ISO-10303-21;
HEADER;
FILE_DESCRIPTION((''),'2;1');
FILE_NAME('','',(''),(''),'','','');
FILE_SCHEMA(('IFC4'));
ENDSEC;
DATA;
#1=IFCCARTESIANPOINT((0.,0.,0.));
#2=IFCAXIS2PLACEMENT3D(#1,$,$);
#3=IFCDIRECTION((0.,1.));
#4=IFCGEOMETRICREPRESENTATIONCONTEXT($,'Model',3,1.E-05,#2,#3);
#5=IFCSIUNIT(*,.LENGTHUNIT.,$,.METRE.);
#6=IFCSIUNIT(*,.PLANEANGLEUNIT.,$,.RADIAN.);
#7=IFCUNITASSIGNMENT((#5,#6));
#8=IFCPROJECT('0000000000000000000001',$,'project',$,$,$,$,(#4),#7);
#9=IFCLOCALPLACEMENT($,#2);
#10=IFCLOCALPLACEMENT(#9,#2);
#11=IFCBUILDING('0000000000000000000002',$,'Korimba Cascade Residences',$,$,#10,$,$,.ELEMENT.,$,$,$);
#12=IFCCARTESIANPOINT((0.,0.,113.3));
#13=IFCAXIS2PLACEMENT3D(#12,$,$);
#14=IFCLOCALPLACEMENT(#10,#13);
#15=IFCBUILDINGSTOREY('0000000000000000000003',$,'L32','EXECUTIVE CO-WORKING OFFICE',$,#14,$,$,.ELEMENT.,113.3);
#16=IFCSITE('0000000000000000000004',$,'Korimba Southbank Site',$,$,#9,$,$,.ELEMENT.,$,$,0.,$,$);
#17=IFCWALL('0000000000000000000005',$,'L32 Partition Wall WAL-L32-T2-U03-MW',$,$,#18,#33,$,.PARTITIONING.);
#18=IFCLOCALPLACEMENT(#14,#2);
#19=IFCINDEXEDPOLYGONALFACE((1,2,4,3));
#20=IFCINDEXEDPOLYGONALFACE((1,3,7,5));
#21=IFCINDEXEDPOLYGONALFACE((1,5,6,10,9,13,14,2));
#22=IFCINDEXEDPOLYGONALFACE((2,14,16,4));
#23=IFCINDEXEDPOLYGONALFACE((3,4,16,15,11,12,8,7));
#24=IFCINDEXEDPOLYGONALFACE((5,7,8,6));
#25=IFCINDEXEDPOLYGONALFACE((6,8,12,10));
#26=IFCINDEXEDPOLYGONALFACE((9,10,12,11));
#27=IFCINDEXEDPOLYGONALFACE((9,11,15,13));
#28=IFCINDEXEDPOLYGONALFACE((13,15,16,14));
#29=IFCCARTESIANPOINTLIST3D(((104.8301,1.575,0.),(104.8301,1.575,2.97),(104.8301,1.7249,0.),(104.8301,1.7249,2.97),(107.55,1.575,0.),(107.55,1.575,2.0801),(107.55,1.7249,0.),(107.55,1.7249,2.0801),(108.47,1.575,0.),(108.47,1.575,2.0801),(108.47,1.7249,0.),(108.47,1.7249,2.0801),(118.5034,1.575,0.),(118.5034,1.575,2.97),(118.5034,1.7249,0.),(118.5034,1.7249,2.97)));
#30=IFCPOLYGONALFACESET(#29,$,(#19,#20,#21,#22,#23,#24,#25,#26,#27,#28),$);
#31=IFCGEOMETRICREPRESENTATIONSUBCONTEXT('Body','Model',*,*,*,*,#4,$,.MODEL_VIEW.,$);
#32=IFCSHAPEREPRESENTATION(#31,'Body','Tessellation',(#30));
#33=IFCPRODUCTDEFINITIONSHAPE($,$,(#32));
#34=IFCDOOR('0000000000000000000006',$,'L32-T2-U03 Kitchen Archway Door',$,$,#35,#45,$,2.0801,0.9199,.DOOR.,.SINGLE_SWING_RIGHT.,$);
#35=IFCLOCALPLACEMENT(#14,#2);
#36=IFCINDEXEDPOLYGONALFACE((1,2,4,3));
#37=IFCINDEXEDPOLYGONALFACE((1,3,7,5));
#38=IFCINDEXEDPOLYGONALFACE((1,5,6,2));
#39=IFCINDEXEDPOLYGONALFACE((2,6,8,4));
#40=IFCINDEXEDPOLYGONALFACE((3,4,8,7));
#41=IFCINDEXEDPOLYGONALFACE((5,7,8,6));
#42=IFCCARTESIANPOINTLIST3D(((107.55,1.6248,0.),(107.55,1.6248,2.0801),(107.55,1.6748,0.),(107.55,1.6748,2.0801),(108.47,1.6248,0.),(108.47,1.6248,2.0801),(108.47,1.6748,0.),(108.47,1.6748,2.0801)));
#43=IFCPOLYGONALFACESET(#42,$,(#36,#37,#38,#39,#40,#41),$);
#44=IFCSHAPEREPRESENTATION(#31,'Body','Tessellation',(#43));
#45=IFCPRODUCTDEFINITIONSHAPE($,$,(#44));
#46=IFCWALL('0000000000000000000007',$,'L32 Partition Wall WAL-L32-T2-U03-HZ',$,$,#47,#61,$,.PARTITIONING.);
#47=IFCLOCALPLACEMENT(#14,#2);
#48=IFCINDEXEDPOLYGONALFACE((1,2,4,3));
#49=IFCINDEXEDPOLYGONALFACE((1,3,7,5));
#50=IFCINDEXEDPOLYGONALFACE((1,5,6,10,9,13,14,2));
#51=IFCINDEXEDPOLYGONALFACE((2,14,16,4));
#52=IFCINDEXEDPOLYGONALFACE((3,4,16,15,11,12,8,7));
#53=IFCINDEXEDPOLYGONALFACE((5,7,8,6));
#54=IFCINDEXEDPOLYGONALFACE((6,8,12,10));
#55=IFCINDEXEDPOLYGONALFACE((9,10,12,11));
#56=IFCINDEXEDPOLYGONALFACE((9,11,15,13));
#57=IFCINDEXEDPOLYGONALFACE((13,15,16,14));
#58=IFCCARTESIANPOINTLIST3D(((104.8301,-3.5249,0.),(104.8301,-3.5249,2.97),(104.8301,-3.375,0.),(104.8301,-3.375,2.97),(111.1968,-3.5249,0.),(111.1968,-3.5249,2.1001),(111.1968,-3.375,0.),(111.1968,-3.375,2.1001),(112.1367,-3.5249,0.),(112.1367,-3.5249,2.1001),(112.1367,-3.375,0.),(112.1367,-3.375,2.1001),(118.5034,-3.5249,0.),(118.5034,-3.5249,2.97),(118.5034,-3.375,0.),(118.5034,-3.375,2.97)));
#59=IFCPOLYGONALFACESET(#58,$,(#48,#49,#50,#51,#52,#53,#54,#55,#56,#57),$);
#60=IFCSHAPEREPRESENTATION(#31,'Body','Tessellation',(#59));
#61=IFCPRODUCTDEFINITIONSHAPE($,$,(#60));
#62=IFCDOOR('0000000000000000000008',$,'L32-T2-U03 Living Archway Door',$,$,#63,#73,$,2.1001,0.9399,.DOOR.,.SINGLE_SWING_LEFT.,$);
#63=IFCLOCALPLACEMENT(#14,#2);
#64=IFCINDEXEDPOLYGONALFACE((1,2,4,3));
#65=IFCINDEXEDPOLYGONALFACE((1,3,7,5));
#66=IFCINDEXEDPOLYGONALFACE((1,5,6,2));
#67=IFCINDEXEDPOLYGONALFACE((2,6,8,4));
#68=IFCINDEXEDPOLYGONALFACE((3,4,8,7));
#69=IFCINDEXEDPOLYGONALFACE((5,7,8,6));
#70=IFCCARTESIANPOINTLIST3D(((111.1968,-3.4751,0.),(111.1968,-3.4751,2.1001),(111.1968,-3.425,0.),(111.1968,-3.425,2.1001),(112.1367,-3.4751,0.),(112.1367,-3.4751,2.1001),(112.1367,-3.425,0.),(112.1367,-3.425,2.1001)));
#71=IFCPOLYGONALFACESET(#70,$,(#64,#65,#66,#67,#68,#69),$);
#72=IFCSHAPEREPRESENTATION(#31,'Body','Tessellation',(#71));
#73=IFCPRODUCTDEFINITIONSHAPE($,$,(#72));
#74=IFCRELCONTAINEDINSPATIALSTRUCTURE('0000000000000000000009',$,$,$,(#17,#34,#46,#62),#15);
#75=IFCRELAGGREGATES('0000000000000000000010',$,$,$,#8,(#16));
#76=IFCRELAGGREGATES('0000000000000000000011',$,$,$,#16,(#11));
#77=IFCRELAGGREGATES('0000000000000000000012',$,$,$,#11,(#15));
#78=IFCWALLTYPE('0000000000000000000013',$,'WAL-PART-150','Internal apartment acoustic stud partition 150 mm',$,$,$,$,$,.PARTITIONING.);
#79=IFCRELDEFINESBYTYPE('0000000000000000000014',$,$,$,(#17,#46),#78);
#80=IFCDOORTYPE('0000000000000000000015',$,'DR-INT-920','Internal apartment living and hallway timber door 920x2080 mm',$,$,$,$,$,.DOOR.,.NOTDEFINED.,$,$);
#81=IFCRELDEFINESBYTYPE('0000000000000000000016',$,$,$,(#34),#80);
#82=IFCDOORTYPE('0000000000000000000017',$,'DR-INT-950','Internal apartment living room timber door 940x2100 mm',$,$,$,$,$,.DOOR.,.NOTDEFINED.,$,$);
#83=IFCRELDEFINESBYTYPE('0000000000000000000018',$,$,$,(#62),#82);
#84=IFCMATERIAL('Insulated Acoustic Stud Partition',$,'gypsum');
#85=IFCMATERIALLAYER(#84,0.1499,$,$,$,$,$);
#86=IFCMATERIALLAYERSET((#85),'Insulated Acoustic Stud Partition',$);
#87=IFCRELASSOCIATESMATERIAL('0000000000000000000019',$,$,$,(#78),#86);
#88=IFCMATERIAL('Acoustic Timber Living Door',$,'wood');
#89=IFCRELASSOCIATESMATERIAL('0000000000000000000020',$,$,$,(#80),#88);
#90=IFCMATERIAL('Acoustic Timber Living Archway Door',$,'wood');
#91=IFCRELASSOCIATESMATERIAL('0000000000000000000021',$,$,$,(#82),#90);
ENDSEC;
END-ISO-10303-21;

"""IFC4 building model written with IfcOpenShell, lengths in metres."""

from ifc_helpers import new_model, si_unit, direction, frame, frame_2d, origin, place, context, subcontext, project, spatial, rectangle, extrude, material, layer, layer_set, type_object, element, fill, save


model = new_model("IFC4")

# Units and contexts
model_context = context("Model", 3, precision=1e-05, world=origin(), true_north=direction((0.0, 1.0)))
body_context = subcontext(model_context, "Body", "Model", "MODEL_VIEW")
ifc_project = project(units=[si_unit("LENGTHUNIT", "METRE"), si_unit("PLANEANGLEUNIT", "RADIAN")], contexts=[model_context])

# Site, building, storey
site_placement = place(None, origin())
site = spatial("IfcSite", under=ifc_project, at=site_placement, Name="Korimba Southbank Site", CompositionType="ELEMENT", RefElevation=0.0)
building_placement = place(site_placement, origin())
building = spatial("IfcBuilding", under=site, at=building_placement, Name="Korimba Cascade Residences", CompositionType="ELEMENT")
storey_placement = place(building_placement, frame((0.0, 0.0, 113.3)))
storey = spatial("IfcBuildingStorey", under=building, at=storey_placement, Name="L32", Description="EXECUTIVE CO-WORKING OFFICE", CompositionType="ELEMENT", Elevation=113.3)

# Shared definitions
ifc_material_1 = material(Name="Insulated Acoustic Stud Partition", Category="gypsum")
ifc_layer = layer(ifc_material_1, 0.1499)
ifc_layer_set = layer_set([ifc_layer], Name="Insulated Acoustic Stud Partition")
wall_type = type_object("IfcWallType", Name="WAL-PART-150", Description="Internal apartment acoustic stud partition 150 mm", PredefinedType="PARTITIONING", material=ifc_layer_set)

# Walls, openings, doors
wall_1_placement = place(storey_placement, frame((104.8301, 1.6499, 0.0), z_axis=(0.0, 0.0, 1.0), x_axis=(1.0, 0.0, 0.0)))
wall_1 = element("IfcWall", 1, at=wall_1_placement, inside=storey, type_object=wall_type, Name="L32 Partition Wall WAL-L32-T2-U03-MW", PredefinedType="PARTITIONING", context=body_context, shape_type="SweptSolid", body=[
    extrude(rectangle(XDim=13.6733, YDim=0.1499, at=frame_2d((6.8367, 0.0))), origin(), (0.0, 0.0, 1.0), 2.97),
])
opening_1_placement = place(wall_1_placement, frame((2.72, 0.0, 0.0)))
opening_1 = element("IfcOpeningElement", 2, at=opening_1_placement, cuts=wall_1, PredefinedType="OPENING", context=body_context, shape_type="SweptSolid", body=[
    extrude(rectangle(XDim=0.9199, YDim=2.0801, at=frame_2d((0.46, 1.04))), frame((0.0, 0.085, 0.0), z_axis=(0.0, -1.0, 0.0), x_axis=(1.0, 0.0, 0.0)), (0.0, 0.0, 1.0), 0.1699),
])
ifc_material_2 = material(Name="Acoustic Timber Living Door", Category="wood")
door_type_1 = type_object("IfcDoorType", Name="DR-INT-920", Description="Internal apartment living and hallway timber door 920x2080 mm", OperationType="NOTDEFINED", PredefinedType="DOOR", material=ifc_material_2)
door_1_placement = place(opening_1_placement, origin())
door_1 = element("IfcDoor", 3, at=door_1_placement, inside=storey, type_object=door_type_1, Name="L32-T2-U03 Kitchen Archway Door", OperationType="SINGLE_SWING_RIGHT", OverallHeight=2.0801, OverallWidth=0.9199, PredefinedType="DOOR", context=body_context, shape_type="SweptSolid", body=[
    extrude(rectangle(XDim=0.9199, YDim=2.0801, at=frame_2d((0.46, 1.04))), frame((0.0, 0.0249, 0.0), z_axis=(0.0, -1.0, 0.0), x_axis=(1.0, 0.0, 0.0)), (0.0, 0.0, 1.0), 0.05),
])
fill(opening_1, door_1)
wall_2_placement = place(storey_placement, frame((104.8301, -3.45, 0.0), z_axis=(0.0, 0.0, 1.0), x_axis=(1.0, 0.0, 0.0)))
wall_2 = element("IfcWall", 4, at=wall_2_placement, inside=storey, type_object=wall_type, Name="L32 Partition Wall WAL-L32-T2-U03-HZ", PredefinedType="PARTITIONING", context=body_context, shape_type="SweptSolid", body=[
    extrude(rectangle(XDim=13.6733, YDim=0.1499, at=frame_2d((6.8367, 0.0))), origin(), (0.0, 0.0, 1.0), 2.97),
])
opening_2_placement = place(wall_2_placement, frame((6.3667, 0.0, 0.0)))
opening_2 = element("IfcOpeningElement", 5, at=opening_2_placement, cuts=wall_2, PredefinedType="OPENING", context=body_context, shape_type="SweptSolid", body=[
    extrude(rectangle(XDim=0.9399, YDim=2.1001, at=frame_2d((0.47, 1.05))), frame((0.0, 0.085, 0.0), z_axis=(0.0, -1.0, 0.0), x_axis=(1.0, 0.0, 0.0)), (0.0, 0.0, 1.0), 0.1699),
])
ifc_material_3 = material(Name="Acoustic Timber Living Archway Door", Category="wood")
door_type_2 = type_object("IfcDoorType", Name="DR-INT-950", Description="Internal apartment living room timber door 940x2100 mm", OperationType="NOTDEFINED", PredefinedType="DOOR", material=ifc_material_3)
door_2_placement = place(opening_2_placement, origin())
door_2 = element("IfcDoor", 6, at=door_2_placement, inside=storey, type_object=door_type_2, Name="L32-T2-U03 Living Archway Door", OperationType="SINGLE_SWING_LEFT", OverallHeight=2.1001, OverallWidth=0.9399, PredefinedType="DOOR", context=body_context, shape_type="SweptSolid", body=[
    extrude(rectangle(XDim=0.9399, YDim=2.1001, at=frame_2d((0.47, 1.05))), frame((0.0, 0.0249, 0.0), z_axis=(0.0, -1.0, 0.0), x_axis=(1.0, 0.0, 0.0)), (0.0, 0.0, 1.0), 0.05),
])
fill(opening_2, door_2)

save(model, "model.ifc")
